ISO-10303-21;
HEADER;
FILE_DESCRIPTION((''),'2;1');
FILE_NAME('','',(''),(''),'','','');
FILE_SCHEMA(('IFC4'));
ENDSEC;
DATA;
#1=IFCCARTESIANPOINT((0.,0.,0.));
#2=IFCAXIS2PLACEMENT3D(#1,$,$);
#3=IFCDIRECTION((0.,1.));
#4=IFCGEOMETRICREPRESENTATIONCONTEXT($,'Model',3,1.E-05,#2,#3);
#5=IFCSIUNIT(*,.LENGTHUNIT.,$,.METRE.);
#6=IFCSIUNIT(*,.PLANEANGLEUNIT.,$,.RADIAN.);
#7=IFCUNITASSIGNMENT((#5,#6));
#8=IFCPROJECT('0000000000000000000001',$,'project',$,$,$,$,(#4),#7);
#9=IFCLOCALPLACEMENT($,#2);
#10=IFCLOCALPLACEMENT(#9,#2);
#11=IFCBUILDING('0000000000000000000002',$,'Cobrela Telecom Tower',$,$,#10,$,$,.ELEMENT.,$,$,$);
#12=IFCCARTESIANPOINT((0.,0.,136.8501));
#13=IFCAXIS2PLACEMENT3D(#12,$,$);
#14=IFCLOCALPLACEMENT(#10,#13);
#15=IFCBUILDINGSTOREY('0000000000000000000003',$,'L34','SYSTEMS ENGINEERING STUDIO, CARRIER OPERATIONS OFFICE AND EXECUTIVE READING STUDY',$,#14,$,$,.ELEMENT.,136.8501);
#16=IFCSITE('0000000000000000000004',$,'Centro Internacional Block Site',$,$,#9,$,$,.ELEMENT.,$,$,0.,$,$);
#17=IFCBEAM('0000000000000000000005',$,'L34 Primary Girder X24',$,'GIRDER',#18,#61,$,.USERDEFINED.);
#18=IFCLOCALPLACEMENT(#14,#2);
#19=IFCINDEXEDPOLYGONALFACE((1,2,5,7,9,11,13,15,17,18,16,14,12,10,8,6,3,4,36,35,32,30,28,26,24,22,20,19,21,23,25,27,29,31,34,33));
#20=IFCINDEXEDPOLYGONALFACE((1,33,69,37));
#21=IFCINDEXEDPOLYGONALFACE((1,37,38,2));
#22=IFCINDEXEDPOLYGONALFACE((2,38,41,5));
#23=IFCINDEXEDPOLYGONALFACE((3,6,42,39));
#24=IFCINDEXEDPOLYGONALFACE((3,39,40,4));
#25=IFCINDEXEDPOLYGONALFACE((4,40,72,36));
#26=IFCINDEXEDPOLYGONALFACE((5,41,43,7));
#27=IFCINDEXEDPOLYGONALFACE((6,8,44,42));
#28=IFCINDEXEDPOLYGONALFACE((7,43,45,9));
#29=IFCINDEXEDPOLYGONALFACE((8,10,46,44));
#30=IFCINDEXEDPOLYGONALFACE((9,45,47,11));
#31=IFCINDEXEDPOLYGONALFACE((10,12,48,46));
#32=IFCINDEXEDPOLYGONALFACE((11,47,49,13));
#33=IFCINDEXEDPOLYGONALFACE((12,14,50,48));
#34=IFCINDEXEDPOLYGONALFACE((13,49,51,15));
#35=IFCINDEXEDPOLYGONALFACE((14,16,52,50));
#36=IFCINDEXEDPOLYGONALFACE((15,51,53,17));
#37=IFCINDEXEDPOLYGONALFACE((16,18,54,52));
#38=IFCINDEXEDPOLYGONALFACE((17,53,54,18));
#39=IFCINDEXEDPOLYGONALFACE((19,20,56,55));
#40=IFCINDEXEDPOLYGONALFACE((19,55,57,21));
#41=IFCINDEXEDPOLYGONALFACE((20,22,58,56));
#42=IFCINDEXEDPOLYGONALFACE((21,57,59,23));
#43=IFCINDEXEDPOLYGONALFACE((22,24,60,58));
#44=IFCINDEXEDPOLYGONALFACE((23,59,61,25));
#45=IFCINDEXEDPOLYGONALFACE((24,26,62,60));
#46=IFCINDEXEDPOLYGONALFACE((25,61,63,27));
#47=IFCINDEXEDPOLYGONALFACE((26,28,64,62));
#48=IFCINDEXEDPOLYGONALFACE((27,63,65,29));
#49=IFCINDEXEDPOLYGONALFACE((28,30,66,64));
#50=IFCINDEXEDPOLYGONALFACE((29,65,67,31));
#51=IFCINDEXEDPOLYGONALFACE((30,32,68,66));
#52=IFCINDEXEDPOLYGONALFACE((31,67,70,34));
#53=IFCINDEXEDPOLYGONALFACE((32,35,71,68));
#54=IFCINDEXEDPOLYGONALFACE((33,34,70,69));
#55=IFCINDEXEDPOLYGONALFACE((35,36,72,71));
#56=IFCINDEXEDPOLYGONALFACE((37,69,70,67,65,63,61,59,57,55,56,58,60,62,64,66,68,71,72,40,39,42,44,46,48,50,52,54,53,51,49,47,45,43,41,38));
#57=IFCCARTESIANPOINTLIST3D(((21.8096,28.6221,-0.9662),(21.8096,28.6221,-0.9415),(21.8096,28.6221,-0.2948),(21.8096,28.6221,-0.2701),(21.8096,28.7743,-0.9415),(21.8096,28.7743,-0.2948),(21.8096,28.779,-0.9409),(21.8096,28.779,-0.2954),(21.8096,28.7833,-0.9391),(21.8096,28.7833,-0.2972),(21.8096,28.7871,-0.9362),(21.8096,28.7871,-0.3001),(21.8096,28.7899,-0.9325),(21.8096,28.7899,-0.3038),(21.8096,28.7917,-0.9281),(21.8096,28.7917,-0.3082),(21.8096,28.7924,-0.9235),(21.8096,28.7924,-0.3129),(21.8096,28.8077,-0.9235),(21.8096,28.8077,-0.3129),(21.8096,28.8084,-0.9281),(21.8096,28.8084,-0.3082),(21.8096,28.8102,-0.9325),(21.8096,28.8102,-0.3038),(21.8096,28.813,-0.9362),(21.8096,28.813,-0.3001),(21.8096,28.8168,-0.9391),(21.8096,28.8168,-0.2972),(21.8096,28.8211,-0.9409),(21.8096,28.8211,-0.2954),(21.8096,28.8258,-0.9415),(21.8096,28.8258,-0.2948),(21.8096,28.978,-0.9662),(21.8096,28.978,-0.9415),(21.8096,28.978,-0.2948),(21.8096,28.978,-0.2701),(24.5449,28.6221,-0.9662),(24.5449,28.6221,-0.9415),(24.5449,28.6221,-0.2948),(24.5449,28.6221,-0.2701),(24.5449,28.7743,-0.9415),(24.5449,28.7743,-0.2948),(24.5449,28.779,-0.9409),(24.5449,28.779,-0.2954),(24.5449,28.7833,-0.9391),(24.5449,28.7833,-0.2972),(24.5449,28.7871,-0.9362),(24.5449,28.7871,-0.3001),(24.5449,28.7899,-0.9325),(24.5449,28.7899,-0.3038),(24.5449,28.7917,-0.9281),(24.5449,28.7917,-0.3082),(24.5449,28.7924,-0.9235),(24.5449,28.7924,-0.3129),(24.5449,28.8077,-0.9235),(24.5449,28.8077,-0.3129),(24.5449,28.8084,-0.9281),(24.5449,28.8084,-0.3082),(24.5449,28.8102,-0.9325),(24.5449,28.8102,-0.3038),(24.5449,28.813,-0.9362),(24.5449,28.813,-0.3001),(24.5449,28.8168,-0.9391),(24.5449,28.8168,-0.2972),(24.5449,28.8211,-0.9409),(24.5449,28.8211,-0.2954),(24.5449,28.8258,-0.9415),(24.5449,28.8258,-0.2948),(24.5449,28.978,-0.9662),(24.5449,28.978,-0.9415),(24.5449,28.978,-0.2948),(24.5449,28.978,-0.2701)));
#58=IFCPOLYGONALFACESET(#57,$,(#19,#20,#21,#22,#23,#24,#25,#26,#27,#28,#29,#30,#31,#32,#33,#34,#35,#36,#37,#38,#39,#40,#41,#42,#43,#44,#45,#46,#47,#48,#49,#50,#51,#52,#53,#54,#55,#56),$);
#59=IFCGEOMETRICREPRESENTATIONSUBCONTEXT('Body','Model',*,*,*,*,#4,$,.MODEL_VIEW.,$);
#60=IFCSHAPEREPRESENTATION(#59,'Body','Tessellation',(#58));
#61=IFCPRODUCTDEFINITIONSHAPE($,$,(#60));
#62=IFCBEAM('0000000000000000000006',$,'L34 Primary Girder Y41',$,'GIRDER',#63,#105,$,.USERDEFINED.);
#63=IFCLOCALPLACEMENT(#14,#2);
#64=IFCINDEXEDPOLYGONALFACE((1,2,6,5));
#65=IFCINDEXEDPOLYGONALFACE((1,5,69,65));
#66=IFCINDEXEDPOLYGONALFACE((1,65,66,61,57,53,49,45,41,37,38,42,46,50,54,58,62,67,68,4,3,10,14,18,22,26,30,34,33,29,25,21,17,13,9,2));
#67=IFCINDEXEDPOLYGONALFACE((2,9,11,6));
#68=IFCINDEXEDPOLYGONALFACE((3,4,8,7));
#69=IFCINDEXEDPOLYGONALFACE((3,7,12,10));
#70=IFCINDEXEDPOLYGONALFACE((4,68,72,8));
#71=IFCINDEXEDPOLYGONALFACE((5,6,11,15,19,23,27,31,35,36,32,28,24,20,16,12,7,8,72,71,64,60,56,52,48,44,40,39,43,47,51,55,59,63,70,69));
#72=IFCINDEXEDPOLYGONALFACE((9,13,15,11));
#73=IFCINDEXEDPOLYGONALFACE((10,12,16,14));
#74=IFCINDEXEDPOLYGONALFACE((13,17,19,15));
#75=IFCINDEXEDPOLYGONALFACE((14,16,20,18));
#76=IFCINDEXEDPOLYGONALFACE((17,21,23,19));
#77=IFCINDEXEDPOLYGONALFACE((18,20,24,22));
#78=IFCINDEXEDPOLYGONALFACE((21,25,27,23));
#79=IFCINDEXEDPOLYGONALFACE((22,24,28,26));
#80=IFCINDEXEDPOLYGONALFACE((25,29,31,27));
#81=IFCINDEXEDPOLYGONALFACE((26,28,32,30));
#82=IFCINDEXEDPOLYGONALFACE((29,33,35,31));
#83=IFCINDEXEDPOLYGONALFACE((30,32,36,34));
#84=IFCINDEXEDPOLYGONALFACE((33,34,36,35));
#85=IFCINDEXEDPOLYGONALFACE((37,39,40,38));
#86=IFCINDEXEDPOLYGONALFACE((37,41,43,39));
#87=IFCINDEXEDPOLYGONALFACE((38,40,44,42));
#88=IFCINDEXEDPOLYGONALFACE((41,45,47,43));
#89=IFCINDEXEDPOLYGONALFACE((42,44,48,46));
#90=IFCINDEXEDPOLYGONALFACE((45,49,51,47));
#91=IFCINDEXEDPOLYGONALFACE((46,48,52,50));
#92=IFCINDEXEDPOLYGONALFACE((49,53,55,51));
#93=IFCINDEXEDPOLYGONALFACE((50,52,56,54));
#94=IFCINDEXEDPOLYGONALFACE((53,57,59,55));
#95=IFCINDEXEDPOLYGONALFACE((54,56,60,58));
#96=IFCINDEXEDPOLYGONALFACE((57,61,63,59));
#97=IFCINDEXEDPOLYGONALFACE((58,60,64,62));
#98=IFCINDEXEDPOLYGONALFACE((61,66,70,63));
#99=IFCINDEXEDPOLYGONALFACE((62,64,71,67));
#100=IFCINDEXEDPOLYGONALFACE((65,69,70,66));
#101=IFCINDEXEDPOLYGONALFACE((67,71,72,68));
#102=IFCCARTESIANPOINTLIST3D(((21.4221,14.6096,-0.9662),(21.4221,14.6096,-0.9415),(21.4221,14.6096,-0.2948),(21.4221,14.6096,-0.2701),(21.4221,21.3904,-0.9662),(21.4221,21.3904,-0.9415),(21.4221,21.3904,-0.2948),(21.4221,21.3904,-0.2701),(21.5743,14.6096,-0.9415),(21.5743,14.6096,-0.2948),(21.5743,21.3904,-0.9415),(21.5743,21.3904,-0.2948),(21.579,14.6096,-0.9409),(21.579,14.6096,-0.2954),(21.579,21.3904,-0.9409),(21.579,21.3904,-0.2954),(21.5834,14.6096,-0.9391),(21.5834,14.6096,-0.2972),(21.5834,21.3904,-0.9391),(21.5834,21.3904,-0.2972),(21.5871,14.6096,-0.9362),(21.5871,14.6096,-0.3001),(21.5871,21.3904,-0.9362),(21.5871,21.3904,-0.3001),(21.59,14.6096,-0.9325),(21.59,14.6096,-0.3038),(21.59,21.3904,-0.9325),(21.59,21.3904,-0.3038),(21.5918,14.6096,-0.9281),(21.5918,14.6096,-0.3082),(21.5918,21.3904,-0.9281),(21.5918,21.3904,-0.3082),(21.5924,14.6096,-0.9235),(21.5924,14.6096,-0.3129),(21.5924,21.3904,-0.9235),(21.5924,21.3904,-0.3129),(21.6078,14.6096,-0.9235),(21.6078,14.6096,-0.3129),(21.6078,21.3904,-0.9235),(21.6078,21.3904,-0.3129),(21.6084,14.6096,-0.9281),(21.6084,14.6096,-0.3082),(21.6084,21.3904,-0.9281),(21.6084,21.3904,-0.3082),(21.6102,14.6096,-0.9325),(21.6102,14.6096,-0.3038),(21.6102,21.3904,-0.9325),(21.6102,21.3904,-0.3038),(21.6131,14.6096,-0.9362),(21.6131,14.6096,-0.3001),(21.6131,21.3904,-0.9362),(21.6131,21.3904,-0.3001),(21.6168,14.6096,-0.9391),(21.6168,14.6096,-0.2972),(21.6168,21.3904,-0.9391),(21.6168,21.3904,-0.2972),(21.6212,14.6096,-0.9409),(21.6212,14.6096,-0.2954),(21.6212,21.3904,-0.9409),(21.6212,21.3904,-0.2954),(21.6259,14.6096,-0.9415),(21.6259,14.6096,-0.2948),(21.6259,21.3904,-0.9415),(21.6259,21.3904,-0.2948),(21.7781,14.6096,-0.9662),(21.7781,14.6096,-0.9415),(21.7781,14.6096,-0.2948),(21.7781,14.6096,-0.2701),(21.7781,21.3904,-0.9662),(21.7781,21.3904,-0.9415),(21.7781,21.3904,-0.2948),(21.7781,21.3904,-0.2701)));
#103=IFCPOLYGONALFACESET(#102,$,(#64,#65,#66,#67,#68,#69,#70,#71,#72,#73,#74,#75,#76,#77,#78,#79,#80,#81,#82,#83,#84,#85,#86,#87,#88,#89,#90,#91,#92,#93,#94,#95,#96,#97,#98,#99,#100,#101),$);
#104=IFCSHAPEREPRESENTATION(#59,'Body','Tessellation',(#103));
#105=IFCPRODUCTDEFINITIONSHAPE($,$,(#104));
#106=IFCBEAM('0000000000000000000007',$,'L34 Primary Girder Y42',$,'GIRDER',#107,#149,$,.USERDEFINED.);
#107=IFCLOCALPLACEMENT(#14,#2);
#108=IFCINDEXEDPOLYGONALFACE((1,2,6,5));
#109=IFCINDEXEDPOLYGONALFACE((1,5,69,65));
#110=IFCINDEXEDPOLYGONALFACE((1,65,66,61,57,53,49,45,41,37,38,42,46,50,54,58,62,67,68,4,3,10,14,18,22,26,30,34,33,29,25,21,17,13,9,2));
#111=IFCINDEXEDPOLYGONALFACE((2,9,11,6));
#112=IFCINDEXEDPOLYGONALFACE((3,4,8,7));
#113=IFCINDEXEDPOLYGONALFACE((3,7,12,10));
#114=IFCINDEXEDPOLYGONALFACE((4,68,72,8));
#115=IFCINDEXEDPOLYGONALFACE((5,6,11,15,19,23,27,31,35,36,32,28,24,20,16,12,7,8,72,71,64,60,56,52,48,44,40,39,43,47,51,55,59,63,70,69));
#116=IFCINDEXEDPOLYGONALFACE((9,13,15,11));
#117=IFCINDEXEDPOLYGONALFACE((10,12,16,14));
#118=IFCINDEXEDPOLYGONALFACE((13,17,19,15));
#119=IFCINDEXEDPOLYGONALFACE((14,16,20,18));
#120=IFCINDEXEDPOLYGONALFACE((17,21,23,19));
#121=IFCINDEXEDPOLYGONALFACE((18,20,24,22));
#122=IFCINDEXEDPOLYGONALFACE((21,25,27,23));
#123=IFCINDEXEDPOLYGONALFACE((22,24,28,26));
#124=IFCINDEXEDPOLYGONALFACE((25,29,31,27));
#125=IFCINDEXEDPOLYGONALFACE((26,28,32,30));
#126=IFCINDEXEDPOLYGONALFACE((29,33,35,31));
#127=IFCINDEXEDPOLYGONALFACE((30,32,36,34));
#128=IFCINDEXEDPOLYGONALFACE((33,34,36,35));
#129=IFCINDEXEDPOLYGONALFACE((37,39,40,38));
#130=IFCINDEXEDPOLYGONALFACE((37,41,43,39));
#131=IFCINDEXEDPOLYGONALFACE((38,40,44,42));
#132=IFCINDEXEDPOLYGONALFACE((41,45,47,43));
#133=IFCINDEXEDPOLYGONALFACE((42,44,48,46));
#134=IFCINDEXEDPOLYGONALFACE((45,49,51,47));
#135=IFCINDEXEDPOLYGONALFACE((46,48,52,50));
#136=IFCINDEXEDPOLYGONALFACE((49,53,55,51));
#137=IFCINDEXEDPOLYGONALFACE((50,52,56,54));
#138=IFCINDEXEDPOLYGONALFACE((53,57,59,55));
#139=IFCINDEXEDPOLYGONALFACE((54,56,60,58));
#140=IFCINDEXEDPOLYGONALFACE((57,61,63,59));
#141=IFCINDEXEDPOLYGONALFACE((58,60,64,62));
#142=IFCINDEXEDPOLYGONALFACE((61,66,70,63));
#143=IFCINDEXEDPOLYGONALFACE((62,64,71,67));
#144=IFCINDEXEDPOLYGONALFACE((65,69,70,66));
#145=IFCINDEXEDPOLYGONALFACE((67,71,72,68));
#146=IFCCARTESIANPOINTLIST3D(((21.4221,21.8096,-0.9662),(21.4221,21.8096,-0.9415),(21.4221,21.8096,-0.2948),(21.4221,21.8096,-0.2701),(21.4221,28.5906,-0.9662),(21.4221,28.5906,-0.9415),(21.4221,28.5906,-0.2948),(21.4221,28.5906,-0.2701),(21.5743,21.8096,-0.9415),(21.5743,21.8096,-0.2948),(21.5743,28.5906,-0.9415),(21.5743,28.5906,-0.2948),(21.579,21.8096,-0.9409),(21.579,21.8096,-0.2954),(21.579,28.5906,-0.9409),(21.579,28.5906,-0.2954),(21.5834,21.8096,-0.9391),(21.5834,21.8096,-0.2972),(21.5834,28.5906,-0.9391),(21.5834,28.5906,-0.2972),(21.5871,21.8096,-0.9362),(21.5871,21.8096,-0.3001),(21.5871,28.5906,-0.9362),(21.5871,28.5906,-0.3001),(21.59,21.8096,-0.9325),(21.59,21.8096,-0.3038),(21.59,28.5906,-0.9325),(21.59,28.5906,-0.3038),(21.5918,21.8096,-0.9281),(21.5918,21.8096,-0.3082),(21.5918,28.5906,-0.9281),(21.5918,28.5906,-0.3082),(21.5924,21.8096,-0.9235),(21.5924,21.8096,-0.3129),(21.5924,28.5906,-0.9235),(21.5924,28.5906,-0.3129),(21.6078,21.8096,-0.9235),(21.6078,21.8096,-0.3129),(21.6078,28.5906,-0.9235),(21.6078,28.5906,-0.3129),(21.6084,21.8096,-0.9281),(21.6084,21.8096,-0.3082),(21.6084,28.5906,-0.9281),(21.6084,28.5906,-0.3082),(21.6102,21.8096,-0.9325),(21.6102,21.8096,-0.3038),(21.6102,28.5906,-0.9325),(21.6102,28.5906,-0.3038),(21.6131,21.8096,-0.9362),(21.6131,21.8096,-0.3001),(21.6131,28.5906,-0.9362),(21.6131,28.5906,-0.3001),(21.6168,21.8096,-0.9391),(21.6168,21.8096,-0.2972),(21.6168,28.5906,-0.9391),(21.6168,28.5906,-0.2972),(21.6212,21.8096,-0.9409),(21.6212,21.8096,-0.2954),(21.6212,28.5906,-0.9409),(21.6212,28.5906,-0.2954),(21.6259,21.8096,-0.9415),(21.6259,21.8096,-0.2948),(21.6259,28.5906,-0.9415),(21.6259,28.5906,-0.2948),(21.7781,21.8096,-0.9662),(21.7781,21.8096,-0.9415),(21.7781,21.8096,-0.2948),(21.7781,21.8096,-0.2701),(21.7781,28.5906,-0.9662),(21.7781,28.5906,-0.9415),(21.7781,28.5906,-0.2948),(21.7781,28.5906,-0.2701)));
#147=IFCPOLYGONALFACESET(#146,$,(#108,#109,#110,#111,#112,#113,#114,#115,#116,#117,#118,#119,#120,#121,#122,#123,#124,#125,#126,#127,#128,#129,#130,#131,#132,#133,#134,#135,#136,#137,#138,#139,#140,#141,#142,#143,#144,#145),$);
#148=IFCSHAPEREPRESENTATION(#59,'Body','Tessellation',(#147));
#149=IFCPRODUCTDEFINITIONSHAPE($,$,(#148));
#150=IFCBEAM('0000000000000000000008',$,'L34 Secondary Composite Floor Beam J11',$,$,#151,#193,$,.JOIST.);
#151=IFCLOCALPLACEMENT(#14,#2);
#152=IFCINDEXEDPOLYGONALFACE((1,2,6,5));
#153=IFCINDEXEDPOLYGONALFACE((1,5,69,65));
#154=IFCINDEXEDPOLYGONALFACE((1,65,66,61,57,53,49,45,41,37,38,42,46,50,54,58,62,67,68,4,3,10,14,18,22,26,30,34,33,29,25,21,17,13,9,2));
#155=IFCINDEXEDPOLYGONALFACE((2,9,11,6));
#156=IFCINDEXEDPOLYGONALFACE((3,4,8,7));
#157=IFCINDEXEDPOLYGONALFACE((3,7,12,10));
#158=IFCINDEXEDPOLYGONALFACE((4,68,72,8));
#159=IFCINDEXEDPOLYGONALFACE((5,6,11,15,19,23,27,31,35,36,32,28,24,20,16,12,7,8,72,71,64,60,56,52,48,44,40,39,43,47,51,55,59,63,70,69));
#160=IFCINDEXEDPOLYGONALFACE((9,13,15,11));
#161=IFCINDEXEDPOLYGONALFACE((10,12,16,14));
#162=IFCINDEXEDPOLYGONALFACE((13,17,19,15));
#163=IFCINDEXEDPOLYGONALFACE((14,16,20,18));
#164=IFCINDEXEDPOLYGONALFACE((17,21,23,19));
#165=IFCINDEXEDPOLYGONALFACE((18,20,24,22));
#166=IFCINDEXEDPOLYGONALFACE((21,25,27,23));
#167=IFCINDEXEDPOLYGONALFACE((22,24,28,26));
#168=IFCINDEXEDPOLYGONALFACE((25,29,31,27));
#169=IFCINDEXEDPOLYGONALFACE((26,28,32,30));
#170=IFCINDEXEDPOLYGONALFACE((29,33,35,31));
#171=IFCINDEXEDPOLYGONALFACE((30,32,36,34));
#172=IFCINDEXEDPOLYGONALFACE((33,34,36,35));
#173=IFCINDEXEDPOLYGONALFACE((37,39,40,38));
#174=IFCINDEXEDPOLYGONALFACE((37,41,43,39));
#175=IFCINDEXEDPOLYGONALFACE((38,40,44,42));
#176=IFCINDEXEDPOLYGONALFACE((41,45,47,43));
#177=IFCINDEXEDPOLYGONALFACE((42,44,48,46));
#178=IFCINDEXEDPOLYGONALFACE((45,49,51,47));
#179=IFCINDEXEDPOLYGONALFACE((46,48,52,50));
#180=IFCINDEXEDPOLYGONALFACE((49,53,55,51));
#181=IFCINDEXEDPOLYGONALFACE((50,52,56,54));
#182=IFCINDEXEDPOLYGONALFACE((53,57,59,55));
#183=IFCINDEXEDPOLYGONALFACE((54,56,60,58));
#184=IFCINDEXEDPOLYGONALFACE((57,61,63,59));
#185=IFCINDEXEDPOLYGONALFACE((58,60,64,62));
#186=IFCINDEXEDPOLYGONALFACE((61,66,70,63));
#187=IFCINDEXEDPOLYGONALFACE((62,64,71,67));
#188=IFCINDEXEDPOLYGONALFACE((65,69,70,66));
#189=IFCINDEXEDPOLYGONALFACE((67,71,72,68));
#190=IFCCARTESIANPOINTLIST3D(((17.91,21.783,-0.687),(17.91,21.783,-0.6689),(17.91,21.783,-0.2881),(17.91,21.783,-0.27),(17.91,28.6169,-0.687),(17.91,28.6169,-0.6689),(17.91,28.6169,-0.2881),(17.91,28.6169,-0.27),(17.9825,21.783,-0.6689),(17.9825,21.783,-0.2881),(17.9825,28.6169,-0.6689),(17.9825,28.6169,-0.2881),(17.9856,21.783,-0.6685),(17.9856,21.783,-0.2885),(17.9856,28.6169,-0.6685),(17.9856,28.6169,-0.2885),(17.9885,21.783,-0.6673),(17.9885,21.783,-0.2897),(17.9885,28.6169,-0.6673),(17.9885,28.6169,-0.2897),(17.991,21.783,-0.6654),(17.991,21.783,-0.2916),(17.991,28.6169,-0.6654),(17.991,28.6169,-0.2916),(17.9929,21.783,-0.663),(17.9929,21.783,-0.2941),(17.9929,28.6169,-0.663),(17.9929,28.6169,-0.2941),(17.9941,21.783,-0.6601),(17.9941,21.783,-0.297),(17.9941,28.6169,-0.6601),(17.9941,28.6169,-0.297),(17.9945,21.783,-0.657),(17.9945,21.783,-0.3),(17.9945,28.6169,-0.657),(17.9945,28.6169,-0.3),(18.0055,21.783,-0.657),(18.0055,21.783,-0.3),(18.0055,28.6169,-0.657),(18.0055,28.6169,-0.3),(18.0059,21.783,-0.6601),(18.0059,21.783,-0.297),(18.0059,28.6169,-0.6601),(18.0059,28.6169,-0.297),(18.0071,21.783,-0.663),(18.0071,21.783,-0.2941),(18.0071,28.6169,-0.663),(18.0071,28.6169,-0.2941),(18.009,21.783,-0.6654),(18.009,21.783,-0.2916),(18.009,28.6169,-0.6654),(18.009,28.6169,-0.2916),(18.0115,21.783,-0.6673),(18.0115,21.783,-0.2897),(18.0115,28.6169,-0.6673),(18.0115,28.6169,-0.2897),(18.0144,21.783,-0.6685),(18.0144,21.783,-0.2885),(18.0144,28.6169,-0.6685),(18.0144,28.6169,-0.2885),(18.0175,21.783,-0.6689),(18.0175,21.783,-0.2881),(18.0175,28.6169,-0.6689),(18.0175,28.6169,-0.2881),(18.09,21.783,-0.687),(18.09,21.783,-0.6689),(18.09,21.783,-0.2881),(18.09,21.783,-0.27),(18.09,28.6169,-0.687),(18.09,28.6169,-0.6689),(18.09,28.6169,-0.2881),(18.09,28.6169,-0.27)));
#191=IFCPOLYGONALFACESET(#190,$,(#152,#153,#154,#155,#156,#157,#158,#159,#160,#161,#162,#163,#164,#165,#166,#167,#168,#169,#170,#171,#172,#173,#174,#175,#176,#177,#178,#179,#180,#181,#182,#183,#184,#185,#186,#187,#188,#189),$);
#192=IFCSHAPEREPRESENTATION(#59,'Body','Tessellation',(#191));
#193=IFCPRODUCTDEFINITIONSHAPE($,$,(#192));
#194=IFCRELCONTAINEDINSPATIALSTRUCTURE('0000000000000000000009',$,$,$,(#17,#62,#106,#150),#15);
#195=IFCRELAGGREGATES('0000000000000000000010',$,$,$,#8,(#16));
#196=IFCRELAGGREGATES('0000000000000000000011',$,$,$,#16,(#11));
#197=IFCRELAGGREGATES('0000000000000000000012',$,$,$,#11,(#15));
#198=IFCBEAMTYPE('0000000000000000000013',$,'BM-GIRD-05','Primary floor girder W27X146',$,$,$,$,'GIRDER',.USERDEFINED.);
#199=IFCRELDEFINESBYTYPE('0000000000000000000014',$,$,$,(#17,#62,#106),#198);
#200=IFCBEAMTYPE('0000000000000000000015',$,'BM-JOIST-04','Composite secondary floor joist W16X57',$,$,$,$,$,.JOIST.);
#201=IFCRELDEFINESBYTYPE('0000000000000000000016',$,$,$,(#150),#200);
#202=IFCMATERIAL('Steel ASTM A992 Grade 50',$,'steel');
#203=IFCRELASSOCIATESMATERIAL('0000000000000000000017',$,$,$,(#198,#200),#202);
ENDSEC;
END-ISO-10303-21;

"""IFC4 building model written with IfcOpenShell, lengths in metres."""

from ifc_helpers import new_model, si_unit, direction, frame, origin, origin_2d, place, context, subcontext, project, spatial, i_section, extrude, material, material_profile, profile_set, type_object, element, save


model = new_model("IFC4")

# Units and contexts
model_context = context("Model", 3, precision=1e-05, world=origin(), true_north=direction((0.0, 1.0)))
body_context = subcontext(model_context, "Body", "Model", "MODEL_VIEW")
ifc_project = project(units=[si_unit("LENGTHUNIT", "METRE"), si_unit("PLANEANGLEUNIT", "RADIAN")], contexts=[model_context])

# Site, building, storey
site_placement = place(None, origin())
site = spatial("IfcSite", under=ifc_project, at=site_placement, Name="Centro Internacional Block Site", CompositionType="ELEMENT", RefElevation=0.0)
building_placement = place(site_placement, origin())
building = spatial("IfcBuilding", under=site, at=building_placement, Name="Cobrela Telecom Tower", CompositionType="ELEMENT")
storey_placement = place(building_placement, frame((0.0, 0.0, 136.8501)))
storey = spatial("IfcBuildingStorey", under=building, at=storey_placement, Name="L34", Description="SYSTEMS ENGINEERING STUDIO, CARRIER OPERATIONS OFFICE AND EXECUTIVE READING STUDY", CompositionType="ELEMENT", Elevation=136.8501)

# Shared definitions
ifc_material_1 = material(Name="Steel ASTM A992 Grade 50", Category="steel")

# Beams
ifc_material_profile_1 = material_profile(ifc_material_1, i_section(OverallWidth=0.356, OverallDepth=0.696, WebThickness=0.0154, FlangeThickness=0.0247, FilletRadius=0.0181, at=origin_2d()), Name="W27X146")
ifc_profile_set_1 = profile_set([ifc_material_profile_1], Name="Steel ASTM A992 Grade 50")
beam_type_1 = type_object("IfcBeamType", Name="BM-GIRD-05", Description="Primary floor girder W27X146", ElementType="GIRDER", PredefinedType="USERDEFINED", material=ifc_profile_set_1)
beam_1_placement = place(storey_placement, frame((21.8096, 28.8, -0.6182), z_axis=(1.0, 0.0, 0.0), x_axis=(0.0, 1.0, 0.0)))
element("IfcBeam", 1, at=beam_1_placement, inside=storey, type_object=beam_type_1, Name="L34 Primary Girder X24", ObjectType="GIRDER", PredefinedType="USERDEFINED", context=body_context, shape_type="SweptSolid", body=[
    extrude(i_section(OverallWidth=0.356, OverallDepth=0.696, WebThickness=0.0154, FlangeThickness=0.0247, FilletRadius=0.0181, at=origin_2d()), origin(), (0.0, 0.0, 1.0), 2.7354),
])
beam_2_placement = place(storey_placement, frame((21.6001, 14.6096, -0.6182), z_axis=(0.0, 1.0, 0.0), x_axis=(-1.0, 0.0, 0.0)))
element("IfcBeam", 2, at=beam_2_placement, inside=storey, type_object=beam_type_1, Name="L34 Primary Girder Y41", ObjectType="GIRDER", PredefinedType="USERDEFINED", context=body_context, shape_type="SweptSolid", body=[
    extrude(i_section(OverallWidth=0.356, OverallDepth=0.696, WebThickness=0.0154, FlangeThickness=0.0247, FilletRadius=0.0181, at=origin_2d()), origin(), (0.0, 0.0, 1.0), 6.7808),
])
beam_3_placement = place(storey_placement, frame((21.6001, 21.8096, -0.6182), z_axis=(0.0, 1.0, 0.0), x_axis=(-1.0, 0.0, 0.0)))
element("IfcBeam", 3, at=beam_3_placement, inside=storey, type_object=beam_type_1, Name="L34 Primary Girder Y42", ObjectType="GIRDER", PredefinedType="USERDEFINED", context=body_context, shape_type="SweptSolid", body=[
    extrude(i_section(OverallWidth=0.356, OverallDepth=0.696, WebThickness=0.0154, FlangeThickness=0.0247, FilletRadius=0.0181, at=origin_2d()), origin(), (0.0, 0.0, 1.0), 6.781),
])
ifc_material_profile_2 = material_profile(ifc_material_1, i_section(OverallWidth=0.1799, OverallDepth=0.417, WebThickness=0.011, FlangeThickness=0.0181, FilletRadius=0.012, at=origin_2d()), Name="W16X57")
ifc_profile_set_2 = profile_set([ifc_material_profile_2], Name="Steel ASTM A992 Grade 50")
beam_type_2 = type_object("IfcBeamType", Name="BM-JOIST-04", Description="Composite secondary floor joist W16X57", PredefinedType="JOIST", material=ifc_profile_set_2)
for number, where, z_axis, x_axis, name in (
    (4, (18.0, 21.783, -0.4785), (0.0, 1.0, 0.0), (-1.0, 0.0, 0.0), "L34 Secondary Composite Floor Beam J11"),
):
    element("IfcBeam", number, at=place(storey_placement, frame(where, z_axis=z_axis, x_axis=x_axis)), inside=storey, type_object=beam_type_2, Name=name, PredefinedType="JOIST", context=body_context, shape_type="SweptSolid", body=[
        extrude(i_section(OverallWidth=0.1799, OverallDepth=0.417, WebThickness=0.011, FlangeThickness=0.0181, FilletRadius=0.012, at=origin_2d()), origin(), (0.0, 0.0, 1.0), 6.834),
    ])

save(model, "model.ifc")
